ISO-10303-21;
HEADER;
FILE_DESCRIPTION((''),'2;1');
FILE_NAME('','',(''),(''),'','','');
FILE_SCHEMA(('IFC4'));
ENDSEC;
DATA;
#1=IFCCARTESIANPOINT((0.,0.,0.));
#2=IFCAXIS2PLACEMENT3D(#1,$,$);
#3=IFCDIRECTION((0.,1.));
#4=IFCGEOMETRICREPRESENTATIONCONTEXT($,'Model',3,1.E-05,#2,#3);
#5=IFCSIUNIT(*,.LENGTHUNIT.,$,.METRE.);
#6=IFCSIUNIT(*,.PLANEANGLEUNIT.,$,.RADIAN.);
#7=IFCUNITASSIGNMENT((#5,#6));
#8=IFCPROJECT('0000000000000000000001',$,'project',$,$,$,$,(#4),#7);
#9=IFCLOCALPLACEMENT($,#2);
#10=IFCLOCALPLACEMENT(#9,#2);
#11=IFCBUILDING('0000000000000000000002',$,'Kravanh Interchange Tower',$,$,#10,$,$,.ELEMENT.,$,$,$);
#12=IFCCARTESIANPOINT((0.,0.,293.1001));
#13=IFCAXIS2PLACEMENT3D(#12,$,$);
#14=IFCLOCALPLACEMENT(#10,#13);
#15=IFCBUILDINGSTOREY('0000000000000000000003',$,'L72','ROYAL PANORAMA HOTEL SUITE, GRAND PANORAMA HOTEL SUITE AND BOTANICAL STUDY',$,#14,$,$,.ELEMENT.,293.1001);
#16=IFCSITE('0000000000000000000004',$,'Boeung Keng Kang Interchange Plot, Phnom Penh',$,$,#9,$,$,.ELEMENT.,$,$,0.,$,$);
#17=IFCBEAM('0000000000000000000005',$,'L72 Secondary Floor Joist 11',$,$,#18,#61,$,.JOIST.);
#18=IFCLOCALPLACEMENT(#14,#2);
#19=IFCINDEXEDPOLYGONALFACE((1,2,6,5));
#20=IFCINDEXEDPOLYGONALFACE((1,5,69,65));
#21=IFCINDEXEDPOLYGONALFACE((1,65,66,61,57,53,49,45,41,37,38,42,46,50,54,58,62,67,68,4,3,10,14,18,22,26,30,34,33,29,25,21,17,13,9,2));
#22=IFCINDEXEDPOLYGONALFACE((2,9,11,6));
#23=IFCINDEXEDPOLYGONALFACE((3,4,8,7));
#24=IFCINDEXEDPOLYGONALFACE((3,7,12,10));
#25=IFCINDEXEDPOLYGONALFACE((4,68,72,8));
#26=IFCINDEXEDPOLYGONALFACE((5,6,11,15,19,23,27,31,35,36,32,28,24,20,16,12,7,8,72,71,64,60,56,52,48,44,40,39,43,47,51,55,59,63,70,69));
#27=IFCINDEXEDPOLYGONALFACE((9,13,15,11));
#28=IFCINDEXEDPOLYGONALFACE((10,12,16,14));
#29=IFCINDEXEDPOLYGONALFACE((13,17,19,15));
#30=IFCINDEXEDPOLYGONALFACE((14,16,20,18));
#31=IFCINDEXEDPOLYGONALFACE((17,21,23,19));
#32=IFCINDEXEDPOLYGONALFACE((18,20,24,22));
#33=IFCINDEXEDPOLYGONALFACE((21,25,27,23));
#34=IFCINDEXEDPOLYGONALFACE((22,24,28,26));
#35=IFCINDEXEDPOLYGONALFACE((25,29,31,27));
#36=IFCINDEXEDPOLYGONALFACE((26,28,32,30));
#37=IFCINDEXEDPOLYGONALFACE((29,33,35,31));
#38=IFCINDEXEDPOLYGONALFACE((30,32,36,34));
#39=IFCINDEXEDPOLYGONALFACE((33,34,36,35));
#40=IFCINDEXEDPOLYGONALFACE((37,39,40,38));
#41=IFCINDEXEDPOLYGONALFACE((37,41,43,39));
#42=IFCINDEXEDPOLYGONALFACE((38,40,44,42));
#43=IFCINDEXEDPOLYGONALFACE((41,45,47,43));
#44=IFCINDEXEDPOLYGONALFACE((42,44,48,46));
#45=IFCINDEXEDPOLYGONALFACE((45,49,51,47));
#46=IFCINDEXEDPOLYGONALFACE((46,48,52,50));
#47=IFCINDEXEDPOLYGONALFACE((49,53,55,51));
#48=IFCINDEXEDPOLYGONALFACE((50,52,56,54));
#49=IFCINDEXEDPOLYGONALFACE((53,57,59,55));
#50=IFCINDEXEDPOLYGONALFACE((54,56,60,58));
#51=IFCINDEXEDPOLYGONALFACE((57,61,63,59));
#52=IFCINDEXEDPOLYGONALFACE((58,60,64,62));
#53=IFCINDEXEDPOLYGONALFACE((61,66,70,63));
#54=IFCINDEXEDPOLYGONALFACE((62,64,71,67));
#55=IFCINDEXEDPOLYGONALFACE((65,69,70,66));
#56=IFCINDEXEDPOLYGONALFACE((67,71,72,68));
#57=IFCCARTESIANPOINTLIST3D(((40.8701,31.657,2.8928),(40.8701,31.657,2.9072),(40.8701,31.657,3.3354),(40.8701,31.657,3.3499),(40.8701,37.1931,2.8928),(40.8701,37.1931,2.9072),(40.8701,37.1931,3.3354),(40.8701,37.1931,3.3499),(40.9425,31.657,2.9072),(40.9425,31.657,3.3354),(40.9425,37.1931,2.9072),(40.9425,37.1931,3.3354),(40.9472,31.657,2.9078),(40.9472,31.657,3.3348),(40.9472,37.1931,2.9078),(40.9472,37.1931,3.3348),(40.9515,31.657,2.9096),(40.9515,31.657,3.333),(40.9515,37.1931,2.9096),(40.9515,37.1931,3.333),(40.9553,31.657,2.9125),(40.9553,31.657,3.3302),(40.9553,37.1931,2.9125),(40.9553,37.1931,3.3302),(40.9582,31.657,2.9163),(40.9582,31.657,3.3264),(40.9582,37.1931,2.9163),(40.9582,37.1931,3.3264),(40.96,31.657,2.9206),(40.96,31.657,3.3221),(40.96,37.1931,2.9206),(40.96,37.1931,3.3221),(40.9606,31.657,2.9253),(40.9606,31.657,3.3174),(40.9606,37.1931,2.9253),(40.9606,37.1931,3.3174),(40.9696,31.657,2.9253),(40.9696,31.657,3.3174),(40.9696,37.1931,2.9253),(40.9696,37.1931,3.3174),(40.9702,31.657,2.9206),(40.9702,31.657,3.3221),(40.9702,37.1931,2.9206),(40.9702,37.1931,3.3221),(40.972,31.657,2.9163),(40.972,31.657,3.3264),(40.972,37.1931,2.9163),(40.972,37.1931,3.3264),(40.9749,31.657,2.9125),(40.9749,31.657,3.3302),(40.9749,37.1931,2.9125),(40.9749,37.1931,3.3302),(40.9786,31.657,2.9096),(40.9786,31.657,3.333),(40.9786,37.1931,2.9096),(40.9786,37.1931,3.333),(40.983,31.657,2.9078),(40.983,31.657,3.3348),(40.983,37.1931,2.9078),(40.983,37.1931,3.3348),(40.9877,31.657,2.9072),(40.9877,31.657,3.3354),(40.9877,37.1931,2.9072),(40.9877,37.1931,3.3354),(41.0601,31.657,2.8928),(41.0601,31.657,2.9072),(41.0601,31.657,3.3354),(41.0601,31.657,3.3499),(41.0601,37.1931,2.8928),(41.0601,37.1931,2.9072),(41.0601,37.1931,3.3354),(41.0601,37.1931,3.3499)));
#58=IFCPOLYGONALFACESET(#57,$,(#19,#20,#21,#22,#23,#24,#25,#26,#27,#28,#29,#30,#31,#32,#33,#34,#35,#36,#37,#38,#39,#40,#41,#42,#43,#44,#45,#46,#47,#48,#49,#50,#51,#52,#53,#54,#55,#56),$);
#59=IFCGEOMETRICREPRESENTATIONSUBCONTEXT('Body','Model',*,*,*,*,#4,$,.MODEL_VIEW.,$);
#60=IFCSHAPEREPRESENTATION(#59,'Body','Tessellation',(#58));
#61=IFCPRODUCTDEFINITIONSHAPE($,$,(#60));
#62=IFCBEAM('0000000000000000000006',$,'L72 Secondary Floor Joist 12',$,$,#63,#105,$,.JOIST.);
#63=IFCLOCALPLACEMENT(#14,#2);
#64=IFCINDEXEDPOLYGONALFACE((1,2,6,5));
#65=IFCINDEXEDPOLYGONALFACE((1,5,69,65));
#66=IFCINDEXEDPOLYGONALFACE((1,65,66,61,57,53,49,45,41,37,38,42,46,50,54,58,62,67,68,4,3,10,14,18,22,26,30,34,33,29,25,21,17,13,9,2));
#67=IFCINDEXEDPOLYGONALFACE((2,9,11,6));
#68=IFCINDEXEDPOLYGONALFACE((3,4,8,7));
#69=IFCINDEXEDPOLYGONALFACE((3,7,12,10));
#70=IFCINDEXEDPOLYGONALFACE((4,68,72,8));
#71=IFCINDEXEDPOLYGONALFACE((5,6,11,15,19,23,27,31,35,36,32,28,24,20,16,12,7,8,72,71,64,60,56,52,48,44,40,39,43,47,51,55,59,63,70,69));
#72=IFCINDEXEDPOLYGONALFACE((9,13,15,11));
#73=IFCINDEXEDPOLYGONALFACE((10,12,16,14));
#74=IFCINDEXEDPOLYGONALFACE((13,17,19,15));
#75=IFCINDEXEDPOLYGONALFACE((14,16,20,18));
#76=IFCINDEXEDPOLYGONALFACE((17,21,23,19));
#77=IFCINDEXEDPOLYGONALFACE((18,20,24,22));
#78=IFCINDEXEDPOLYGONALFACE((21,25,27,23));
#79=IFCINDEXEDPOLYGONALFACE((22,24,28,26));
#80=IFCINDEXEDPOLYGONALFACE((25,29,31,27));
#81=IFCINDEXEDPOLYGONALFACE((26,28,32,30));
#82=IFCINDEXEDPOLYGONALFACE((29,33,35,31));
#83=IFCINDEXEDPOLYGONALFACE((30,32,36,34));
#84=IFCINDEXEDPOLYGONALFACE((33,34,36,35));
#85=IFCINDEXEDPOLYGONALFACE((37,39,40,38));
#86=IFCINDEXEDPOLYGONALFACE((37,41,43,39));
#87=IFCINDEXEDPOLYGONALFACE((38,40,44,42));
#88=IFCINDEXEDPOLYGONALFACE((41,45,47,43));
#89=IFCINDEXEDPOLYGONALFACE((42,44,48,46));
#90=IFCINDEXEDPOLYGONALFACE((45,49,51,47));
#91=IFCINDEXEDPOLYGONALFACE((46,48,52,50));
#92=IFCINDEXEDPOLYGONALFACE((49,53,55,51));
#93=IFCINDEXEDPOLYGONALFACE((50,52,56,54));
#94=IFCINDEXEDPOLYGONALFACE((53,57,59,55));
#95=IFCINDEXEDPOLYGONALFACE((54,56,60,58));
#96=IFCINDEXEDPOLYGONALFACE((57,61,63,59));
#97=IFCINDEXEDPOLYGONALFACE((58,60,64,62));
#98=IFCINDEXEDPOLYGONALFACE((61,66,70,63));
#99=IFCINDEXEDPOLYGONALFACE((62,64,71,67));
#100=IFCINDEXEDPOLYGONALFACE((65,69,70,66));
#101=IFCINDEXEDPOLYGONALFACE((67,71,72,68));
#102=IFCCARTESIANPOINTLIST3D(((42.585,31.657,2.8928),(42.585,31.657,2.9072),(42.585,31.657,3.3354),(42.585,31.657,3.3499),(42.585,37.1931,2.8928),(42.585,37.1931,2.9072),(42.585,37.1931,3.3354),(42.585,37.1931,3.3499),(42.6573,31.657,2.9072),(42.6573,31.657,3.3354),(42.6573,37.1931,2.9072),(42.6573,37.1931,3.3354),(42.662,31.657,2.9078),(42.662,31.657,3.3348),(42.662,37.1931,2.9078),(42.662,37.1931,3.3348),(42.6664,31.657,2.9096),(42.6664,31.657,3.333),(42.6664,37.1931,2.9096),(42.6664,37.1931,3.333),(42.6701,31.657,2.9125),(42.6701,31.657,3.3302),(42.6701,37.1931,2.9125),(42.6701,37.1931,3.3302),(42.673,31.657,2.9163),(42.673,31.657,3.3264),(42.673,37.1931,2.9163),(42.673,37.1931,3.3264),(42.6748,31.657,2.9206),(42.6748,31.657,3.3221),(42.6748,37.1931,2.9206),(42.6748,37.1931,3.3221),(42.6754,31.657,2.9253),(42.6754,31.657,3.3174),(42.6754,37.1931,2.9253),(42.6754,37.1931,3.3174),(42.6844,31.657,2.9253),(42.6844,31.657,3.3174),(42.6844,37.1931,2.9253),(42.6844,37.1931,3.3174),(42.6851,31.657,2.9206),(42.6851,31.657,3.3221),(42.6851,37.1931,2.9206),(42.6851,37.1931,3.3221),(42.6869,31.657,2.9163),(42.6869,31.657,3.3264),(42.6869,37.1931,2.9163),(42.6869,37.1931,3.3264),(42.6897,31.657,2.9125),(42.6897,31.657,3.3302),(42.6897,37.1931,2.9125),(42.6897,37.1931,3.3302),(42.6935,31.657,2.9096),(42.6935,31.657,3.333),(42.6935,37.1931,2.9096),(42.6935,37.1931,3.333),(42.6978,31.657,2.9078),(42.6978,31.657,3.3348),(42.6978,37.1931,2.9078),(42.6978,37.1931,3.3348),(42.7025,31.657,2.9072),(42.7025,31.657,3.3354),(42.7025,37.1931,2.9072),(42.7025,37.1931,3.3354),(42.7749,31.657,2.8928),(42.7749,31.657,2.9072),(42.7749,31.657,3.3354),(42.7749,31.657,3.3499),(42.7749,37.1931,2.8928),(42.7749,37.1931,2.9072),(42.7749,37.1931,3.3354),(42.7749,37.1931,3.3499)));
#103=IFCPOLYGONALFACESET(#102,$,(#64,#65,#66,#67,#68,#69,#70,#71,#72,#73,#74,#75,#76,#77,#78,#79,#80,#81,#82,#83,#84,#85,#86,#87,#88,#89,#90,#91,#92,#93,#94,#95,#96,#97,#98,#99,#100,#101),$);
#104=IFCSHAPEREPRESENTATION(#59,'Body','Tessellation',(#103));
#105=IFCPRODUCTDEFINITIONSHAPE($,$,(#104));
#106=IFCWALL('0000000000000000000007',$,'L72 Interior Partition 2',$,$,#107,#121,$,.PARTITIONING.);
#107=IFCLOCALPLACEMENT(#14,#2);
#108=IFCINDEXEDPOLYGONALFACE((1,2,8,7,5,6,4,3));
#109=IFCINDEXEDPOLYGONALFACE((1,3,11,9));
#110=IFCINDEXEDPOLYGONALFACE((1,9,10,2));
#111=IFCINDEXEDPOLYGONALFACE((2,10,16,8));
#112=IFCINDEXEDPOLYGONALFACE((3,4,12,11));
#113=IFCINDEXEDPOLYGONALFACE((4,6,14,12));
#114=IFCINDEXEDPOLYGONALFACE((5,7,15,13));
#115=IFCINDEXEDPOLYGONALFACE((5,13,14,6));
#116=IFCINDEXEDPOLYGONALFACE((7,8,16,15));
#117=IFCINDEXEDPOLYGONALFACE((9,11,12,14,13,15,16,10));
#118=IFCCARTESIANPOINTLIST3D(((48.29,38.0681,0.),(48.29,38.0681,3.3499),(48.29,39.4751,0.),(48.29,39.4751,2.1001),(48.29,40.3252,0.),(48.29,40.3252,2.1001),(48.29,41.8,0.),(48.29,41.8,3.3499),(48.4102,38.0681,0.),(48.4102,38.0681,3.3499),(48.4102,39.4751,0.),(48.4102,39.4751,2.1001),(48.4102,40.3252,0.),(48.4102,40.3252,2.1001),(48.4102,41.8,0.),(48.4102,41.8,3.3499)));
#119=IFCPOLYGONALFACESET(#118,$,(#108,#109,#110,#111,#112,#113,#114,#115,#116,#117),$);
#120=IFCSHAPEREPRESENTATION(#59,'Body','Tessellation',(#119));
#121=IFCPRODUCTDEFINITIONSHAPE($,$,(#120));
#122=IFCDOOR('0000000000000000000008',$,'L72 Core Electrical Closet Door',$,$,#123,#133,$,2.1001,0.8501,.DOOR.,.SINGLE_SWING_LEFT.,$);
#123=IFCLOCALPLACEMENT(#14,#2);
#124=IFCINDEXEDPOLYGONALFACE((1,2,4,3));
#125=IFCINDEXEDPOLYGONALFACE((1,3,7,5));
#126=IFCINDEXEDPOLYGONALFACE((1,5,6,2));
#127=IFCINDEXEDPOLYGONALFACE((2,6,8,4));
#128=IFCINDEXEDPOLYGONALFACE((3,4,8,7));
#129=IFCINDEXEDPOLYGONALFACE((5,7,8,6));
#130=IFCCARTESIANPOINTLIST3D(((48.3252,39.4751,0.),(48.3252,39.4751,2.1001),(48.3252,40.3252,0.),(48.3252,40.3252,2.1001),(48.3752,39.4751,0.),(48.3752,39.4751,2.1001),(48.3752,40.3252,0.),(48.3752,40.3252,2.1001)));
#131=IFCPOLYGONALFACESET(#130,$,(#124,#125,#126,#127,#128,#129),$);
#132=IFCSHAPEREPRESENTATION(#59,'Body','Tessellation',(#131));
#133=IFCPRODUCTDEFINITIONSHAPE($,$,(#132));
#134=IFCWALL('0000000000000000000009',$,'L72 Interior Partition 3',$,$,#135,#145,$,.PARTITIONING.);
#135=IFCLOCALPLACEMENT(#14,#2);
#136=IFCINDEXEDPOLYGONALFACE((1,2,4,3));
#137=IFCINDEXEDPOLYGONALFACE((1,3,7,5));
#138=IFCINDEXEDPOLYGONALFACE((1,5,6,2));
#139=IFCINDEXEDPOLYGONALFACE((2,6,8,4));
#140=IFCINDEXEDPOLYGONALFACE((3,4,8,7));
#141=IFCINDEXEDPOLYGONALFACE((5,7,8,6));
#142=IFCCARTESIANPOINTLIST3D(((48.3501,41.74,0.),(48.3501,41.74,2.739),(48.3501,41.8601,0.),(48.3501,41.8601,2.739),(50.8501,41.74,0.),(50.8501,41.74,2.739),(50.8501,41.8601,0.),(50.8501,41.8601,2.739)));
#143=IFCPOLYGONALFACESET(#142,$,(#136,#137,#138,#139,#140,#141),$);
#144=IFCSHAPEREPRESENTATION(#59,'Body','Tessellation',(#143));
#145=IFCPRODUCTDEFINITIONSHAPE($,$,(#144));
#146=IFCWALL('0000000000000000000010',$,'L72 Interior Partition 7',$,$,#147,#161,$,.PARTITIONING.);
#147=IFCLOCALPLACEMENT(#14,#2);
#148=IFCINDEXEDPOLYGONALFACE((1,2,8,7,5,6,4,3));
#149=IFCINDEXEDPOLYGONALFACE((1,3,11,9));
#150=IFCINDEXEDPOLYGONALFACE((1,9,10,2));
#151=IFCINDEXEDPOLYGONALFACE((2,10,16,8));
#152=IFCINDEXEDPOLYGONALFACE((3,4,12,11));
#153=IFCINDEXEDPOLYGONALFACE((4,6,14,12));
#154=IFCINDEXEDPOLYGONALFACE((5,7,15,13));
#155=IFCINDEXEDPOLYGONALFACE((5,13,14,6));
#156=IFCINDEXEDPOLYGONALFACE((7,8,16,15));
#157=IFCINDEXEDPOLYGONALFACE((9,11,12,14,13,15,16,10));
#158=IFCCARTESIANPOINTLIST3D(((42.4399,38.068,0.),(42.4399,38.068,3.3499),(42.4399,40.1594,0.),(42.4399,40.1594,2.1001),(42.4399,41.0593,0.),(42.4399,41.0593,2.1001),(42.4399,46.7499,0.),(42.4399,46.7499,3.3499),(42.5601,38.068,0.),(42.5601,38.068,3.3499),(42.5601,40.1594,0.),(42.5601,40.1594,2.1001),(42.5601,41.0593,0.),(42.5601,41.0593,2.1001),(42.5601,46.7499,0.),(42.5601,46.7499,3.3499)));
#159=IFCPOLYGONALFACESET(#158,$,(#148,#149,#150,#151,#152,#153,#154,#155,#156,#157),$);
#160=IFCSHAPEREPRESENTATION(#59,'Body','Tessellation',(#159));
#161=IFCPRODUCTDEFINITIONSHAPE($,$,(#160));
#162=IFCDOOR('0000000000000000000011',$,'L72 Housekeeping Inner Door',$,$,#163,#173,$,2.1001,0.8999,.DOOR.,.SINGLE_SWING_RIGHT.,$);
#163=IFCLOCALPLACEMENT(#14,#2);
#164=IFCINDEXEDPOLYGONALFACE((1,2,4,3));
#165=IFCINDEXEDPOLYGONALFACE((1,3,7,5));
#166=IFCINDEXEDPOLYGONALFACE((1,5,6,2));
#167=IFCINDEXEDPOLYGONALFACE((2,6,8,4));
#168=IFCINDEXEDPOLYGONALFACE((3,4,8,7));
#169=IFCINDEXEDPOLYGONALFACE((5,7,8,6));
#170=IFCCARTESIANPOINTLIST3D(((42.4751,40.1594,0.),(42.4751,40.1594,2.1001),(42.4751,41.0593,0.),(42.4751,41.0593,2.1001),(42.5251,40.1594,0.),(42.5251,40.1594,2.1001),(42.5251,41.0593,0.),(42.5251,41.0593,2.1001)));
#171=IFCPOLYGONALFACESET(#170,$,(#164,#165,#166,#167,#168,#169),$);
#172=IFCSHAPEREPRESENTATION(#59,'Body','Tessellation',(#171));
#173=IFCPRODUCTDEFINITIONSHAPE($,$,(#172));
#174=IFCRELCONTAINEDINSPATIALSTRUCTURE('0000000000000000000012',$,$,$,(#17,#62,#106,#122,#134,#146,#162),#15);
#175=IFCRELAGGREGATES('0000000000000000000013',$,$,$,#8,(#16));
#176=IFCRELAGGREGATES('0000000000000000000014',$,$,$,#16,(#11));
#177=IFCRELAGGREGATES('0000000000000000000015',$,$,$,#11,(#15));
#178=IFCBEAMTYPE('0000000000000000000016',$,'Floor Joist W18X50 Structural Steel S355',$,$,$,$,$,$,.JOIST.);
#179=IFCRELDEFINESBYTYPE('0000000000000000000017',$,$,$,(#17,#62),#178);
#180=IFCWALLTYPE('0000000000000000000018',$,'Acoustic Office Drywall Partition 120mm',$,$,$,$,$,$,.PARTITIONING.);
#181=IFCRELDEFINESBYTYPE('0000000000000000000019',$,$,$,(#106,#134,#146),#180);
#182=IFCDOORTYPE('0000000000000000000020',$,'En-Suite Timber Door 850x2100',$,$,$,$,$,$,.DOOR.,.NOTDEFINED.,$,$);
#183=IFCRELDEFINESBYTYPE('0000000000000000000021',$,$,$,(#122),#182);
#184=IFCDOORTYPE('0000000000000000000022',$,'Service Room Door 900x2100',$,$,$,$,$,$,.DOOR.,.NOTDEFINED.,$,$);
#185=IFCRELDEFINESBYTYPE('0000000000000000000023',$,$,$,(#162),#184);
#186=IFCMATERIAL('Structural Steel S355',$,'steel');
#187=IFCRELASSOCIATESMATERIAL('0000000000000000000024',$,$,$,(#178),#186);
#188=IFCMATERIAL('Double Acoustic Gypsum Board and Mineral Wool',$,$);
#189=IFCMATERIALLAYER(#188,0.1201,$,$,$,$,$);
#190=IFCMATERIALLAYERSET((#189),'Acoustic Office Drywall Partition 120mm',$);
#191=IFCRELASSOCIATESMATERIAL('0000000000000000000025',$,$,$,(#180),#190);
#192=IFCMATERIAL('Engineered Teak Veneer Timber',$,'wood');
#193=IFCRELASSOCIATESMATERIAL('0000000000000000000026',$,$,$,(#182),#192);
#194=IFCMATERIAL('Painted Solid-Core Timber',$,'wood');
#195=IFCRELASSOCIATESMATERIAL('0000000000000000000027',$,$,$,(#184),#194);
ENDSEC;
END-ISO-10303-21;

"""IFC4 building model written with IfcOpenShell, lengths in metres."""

from ifc_helpers import new_model, si_unit, direction, frame, frame_2d, origin, origin_2d, place, context, subcontext, project, spatial, rectangle, i_section, extrude, material, layer, layer_set, material_profile, profile_set, type_object, element, fill, save


model = new_model("IFC4")

# Units and contexts
model_context = context("Model", 3, precision=1e-05, world=origin(), true_north=direction((0.0, 1.0)))
body_context = subcontext(model_context, "Body", "Model", "MODEL_VIEW")
ifc_project = project(units=[si_unit("LENGTHUNIT", "METRE"), si_unit("PLANEANGLEUNIT", "RADIAN")], contexts=[model_context])

# Site, building, storey
site_placement = place(None, origin())
site = spatial("IfcSite", under=ifc_project, at=site_placement, Name="Boeung Keng Kang Interchange Plot, Phnom Penh", CompositionType="ELEMENT", RefElevation=0.0)
building_placement = place(site_placement, origin())
building = spatial("IfcBuilding", under=site, at=building_placement, Name="Kravanh Interchange Tower", CompositionType="ELEMENT")
storey_placement = place(building_placement, frame((0.0, 0.0, 293.1001)))
storey = spatial("IfcBuildingStorey", under=building, at=storey_placement, Name="L72", Description="ROYAL PANORAMA HOTEL SUITE, GRAND PANORAMA HOTEL SUITE AND BOTANICAL STUDY", CompositionType="ELEMENT", Elevation=293.1001)

# Beams
ifc_material_1 = material(Name="Structural Steel S355", Category="steel")
ifc_material_profile_1 = material_profile(ifc_material_1, i_section(OverallWidth=0.1899, OverallDepth=0.457, WebThickness=0.009, FlangeThickness=0.0144, FilletRadius=0.0181, at=origin_2d()), Name="W18X50")
ifc_profile_set_1 = profile_set([ifc_material_profile_1], Name="Structural Steel S355")
beam_type_1 = type_object("IfcBeamType", Name="Floor Joist W18X50 Structural Steel S355", PredefinedType="JOIST", material=ifc_profile_set_1)
for number, where, z_axis, x_axis, name in (
    (1, (40.9651, 31.657, 3.1213), (0.0, 1.0, 0.0), (-1.0, 0.0, 0.0), "L72 Secondary Floor Joist 11"),
    (2, (42.6799, 31.657, 3.1213), (0.0, 1.0, 0.0), (-1.0, 0.0, 0.0), "L72 Secondary Floor Joist 12"),
):
    element("IfcBeam", number, at=place(storey_placement, frame(where, z_axis=z_axis, x_axis=x_axis)), inside=storey, type_object=beam_type_1, Name=name, PredefinedType="JOIST", context=body_context, shape_type="SweptSolid", body=[
        extrude(i_section(OverallWidth=0.1899, OverallDepth=0.457, WebThickness=0.009, FlangeThickness=0.0144, FilletRadius=0.0181, at=origin_2d()), origin(), (0.0, 0.0, 1.0), 5.5361),
    ])

# Wall, opening, door
ifc_material_2 = material(Name="Double Acoustic Gypsum Board and Mineral Wool")
ifc_layer_1 = layer(ifc_material_2, 0.1201)
ifc_layer_set_1 = layer_set([ifc_layer_1], Name="Acoustic Office Drywall Partition 120mm")
wall_type_1 = type_object("IfcWallType", Name="Acoustic Office Drywall Partition 120mm", PredefinedType="PARTITIONING", material=ifc_layer_set_1)
wall_1_placement = place(storey_placement, frame((48.3501, 38.0681, 0.0), z_axis=(0.0, 0.0, 1.0), x_axis=(0.0, 1.0, 0.0)))
wall_1 = element("IfcWall", 3, at=wall_1_placement, inside=storey, type_object=wall_type_1, Name="L72 Interior Partition 2", PredefinedType="PARTITIONING", context=body_context, shape_type="SweptSolid", body=[
    extrude(rectangle(XDim=3.7319, YDim=0.1201, at=frame_2d((1.866, 0.0))), origin(), (0.0, 0.0, 1.0), 3.3499),
])
opening_1_placement = place(wall_1_placement, frame((1.407, 0.0, 0.0)))
opening_1 = element("IfcOpeningElement", 4, at=opening_1_placement, cuts=wall_1, PredefinedType="OPENING", context=body_context, shape_type="SweptSolid", body=[
    extrude(rectangle(XDim=0.8501, YDim=2.1001, at=frame_2d((0.425, 1.05))), frame((0.0, 0.0701, 0.0), z_axis=(0.0, -1.0, 0.0), x_axis=(1.0, 0.0, 0.0)), (0.0, 0.0, 1.0), 0.1401),
])
ifc_material_3 = material(Name="Engineered Teak Veneer Timber", Category="wood")
door_type_1 = type_object("IfcDoorType", Name="En-Suite Timber Door 850x2100", OperationType="NOTDEFINED", PredefinedType="DOOR", material=ifc_material_3)
door_1_placement = place(opening_1_placement, origin())
door_1 = element("IfcDoor", 5, at=door_1_placement, inside=storey, type_object=door_type_1, Name="L72 Core Electrical Closet Door", OperationType="SINGLE_SWING_LEFT", OverallHeight=2.1001, OverallWidth=0.8501, PredefinedType="DOOR", context=body_context, shape_type="SweptSolid", body=[
    extrude(rectangle(XDim=0.8501, YDim=2.1001, at=frame_2d((0.425, 1.05))), frame((0.0, 0.0249, 0.0), z_axis=(0.0, -1.0, 0.0), x_axis=(1.0, 0.0, 0.0)), (0.0, 0.0, 1.0), 0.05),
])
fill(opening_1, door_1)

# Wall
wall_2_placement = place(storey_placement, frame((48.3501, 41.8, 0.0), z_axis=(0.0, 0.0, 1.0), x_axis=(1.0, 0.0, 0.0)))
element("IfcWall", 6, at=wall_2_placement, inside=storey, type_object=wall_type_1, Name="L72 Interior Partition 3", PredefinedType="PARTITIONING", context=body_context, shape_type="SweptSolid", body=[
    extrude(rectangle(XDim=2.5, YDim=0.1201, at=frame_2d((1.25, 0.0))), origin(), (0.0, 0.0, 1.0), 2.739),
])

# Wall, opening, door
wall_3_placement = place(storey_placement, frame((42.5, 38.0681, 0.0), z_axis=(0.0, 0.0, 1.0), x_axis=(0.0, 1.0, 0.0)))
wall_3 = element("IfcWall", 7, at=wall_3_placement, inside=storey, type_object=wall_type_1, Name="L72 Interior Partition 7", PredefinedType="PARTITIONING", context=body_context, shape_type="SweptSolid", body=[
    extrude(rectangle(XDim=8.6819, YDim=0.1201, at=frame_2d((4.3408, 0.0))), origin(), (0.0, 0.0, 1.0), 3.3499),
])
opening_2_placement = place(wall_3_placement, frame((2.0913, 0.0, 0.0)))
opening_2 = element("IfcOpeningElement", 8, at=opening_2_placement, cuts=wall_3, PredefinedType="OPENING", context=body_context, shape_type="SweptSolid", body=[
    extrude(rectangle(XDim=0.8999, YDim=2.1001, at=frame_2d((0.45, 1.05))), frame((0.0, 0.0701, 0.0), z_axis=(0.0, -1.0, 0.0), x_axis=(1.0, 0.0, 0.0)), (0.0, 0.0, 1.0), 0.1401),
])
ifc_material_4 = material(Name="Painted Solid-Core Timber", Category="wood")
door_type_2 = type_object("IfcDoorType", Name="Service Room Door 900x2100", OperationType="NOTDEFINED", PredefinedType="DOOR", material=ifc_material_4)
door_2_placement = place(opening_2_placement, origin())
door_2 = element("IfcDoor", 9, at=door_2_placement, inside=storey, type_object=door_type_2, Name="L72 Housekeeping Inner Door", OperationType="SINGLE_SWING_RIGHT", OverallHeight=2.1001, OverallWidth=0.8999, PredefinedType="DOOR", context=body_context, shape_type="SweptSolid", body=[
    extrude(rectangle(XDim=0.8999, YDim=2.1001, at=frame_2d((0.45, 1.05))), frame((0.0, 0.0249, 0.0), z_axis=(0.0, -1.0, 0.0), x_axis=(1.0, 0.0, 0.0)), (0.0, 0.0, 1.0), 0.05),
])
fill(opening_2, door_2)

save(model, "model.ifc")
